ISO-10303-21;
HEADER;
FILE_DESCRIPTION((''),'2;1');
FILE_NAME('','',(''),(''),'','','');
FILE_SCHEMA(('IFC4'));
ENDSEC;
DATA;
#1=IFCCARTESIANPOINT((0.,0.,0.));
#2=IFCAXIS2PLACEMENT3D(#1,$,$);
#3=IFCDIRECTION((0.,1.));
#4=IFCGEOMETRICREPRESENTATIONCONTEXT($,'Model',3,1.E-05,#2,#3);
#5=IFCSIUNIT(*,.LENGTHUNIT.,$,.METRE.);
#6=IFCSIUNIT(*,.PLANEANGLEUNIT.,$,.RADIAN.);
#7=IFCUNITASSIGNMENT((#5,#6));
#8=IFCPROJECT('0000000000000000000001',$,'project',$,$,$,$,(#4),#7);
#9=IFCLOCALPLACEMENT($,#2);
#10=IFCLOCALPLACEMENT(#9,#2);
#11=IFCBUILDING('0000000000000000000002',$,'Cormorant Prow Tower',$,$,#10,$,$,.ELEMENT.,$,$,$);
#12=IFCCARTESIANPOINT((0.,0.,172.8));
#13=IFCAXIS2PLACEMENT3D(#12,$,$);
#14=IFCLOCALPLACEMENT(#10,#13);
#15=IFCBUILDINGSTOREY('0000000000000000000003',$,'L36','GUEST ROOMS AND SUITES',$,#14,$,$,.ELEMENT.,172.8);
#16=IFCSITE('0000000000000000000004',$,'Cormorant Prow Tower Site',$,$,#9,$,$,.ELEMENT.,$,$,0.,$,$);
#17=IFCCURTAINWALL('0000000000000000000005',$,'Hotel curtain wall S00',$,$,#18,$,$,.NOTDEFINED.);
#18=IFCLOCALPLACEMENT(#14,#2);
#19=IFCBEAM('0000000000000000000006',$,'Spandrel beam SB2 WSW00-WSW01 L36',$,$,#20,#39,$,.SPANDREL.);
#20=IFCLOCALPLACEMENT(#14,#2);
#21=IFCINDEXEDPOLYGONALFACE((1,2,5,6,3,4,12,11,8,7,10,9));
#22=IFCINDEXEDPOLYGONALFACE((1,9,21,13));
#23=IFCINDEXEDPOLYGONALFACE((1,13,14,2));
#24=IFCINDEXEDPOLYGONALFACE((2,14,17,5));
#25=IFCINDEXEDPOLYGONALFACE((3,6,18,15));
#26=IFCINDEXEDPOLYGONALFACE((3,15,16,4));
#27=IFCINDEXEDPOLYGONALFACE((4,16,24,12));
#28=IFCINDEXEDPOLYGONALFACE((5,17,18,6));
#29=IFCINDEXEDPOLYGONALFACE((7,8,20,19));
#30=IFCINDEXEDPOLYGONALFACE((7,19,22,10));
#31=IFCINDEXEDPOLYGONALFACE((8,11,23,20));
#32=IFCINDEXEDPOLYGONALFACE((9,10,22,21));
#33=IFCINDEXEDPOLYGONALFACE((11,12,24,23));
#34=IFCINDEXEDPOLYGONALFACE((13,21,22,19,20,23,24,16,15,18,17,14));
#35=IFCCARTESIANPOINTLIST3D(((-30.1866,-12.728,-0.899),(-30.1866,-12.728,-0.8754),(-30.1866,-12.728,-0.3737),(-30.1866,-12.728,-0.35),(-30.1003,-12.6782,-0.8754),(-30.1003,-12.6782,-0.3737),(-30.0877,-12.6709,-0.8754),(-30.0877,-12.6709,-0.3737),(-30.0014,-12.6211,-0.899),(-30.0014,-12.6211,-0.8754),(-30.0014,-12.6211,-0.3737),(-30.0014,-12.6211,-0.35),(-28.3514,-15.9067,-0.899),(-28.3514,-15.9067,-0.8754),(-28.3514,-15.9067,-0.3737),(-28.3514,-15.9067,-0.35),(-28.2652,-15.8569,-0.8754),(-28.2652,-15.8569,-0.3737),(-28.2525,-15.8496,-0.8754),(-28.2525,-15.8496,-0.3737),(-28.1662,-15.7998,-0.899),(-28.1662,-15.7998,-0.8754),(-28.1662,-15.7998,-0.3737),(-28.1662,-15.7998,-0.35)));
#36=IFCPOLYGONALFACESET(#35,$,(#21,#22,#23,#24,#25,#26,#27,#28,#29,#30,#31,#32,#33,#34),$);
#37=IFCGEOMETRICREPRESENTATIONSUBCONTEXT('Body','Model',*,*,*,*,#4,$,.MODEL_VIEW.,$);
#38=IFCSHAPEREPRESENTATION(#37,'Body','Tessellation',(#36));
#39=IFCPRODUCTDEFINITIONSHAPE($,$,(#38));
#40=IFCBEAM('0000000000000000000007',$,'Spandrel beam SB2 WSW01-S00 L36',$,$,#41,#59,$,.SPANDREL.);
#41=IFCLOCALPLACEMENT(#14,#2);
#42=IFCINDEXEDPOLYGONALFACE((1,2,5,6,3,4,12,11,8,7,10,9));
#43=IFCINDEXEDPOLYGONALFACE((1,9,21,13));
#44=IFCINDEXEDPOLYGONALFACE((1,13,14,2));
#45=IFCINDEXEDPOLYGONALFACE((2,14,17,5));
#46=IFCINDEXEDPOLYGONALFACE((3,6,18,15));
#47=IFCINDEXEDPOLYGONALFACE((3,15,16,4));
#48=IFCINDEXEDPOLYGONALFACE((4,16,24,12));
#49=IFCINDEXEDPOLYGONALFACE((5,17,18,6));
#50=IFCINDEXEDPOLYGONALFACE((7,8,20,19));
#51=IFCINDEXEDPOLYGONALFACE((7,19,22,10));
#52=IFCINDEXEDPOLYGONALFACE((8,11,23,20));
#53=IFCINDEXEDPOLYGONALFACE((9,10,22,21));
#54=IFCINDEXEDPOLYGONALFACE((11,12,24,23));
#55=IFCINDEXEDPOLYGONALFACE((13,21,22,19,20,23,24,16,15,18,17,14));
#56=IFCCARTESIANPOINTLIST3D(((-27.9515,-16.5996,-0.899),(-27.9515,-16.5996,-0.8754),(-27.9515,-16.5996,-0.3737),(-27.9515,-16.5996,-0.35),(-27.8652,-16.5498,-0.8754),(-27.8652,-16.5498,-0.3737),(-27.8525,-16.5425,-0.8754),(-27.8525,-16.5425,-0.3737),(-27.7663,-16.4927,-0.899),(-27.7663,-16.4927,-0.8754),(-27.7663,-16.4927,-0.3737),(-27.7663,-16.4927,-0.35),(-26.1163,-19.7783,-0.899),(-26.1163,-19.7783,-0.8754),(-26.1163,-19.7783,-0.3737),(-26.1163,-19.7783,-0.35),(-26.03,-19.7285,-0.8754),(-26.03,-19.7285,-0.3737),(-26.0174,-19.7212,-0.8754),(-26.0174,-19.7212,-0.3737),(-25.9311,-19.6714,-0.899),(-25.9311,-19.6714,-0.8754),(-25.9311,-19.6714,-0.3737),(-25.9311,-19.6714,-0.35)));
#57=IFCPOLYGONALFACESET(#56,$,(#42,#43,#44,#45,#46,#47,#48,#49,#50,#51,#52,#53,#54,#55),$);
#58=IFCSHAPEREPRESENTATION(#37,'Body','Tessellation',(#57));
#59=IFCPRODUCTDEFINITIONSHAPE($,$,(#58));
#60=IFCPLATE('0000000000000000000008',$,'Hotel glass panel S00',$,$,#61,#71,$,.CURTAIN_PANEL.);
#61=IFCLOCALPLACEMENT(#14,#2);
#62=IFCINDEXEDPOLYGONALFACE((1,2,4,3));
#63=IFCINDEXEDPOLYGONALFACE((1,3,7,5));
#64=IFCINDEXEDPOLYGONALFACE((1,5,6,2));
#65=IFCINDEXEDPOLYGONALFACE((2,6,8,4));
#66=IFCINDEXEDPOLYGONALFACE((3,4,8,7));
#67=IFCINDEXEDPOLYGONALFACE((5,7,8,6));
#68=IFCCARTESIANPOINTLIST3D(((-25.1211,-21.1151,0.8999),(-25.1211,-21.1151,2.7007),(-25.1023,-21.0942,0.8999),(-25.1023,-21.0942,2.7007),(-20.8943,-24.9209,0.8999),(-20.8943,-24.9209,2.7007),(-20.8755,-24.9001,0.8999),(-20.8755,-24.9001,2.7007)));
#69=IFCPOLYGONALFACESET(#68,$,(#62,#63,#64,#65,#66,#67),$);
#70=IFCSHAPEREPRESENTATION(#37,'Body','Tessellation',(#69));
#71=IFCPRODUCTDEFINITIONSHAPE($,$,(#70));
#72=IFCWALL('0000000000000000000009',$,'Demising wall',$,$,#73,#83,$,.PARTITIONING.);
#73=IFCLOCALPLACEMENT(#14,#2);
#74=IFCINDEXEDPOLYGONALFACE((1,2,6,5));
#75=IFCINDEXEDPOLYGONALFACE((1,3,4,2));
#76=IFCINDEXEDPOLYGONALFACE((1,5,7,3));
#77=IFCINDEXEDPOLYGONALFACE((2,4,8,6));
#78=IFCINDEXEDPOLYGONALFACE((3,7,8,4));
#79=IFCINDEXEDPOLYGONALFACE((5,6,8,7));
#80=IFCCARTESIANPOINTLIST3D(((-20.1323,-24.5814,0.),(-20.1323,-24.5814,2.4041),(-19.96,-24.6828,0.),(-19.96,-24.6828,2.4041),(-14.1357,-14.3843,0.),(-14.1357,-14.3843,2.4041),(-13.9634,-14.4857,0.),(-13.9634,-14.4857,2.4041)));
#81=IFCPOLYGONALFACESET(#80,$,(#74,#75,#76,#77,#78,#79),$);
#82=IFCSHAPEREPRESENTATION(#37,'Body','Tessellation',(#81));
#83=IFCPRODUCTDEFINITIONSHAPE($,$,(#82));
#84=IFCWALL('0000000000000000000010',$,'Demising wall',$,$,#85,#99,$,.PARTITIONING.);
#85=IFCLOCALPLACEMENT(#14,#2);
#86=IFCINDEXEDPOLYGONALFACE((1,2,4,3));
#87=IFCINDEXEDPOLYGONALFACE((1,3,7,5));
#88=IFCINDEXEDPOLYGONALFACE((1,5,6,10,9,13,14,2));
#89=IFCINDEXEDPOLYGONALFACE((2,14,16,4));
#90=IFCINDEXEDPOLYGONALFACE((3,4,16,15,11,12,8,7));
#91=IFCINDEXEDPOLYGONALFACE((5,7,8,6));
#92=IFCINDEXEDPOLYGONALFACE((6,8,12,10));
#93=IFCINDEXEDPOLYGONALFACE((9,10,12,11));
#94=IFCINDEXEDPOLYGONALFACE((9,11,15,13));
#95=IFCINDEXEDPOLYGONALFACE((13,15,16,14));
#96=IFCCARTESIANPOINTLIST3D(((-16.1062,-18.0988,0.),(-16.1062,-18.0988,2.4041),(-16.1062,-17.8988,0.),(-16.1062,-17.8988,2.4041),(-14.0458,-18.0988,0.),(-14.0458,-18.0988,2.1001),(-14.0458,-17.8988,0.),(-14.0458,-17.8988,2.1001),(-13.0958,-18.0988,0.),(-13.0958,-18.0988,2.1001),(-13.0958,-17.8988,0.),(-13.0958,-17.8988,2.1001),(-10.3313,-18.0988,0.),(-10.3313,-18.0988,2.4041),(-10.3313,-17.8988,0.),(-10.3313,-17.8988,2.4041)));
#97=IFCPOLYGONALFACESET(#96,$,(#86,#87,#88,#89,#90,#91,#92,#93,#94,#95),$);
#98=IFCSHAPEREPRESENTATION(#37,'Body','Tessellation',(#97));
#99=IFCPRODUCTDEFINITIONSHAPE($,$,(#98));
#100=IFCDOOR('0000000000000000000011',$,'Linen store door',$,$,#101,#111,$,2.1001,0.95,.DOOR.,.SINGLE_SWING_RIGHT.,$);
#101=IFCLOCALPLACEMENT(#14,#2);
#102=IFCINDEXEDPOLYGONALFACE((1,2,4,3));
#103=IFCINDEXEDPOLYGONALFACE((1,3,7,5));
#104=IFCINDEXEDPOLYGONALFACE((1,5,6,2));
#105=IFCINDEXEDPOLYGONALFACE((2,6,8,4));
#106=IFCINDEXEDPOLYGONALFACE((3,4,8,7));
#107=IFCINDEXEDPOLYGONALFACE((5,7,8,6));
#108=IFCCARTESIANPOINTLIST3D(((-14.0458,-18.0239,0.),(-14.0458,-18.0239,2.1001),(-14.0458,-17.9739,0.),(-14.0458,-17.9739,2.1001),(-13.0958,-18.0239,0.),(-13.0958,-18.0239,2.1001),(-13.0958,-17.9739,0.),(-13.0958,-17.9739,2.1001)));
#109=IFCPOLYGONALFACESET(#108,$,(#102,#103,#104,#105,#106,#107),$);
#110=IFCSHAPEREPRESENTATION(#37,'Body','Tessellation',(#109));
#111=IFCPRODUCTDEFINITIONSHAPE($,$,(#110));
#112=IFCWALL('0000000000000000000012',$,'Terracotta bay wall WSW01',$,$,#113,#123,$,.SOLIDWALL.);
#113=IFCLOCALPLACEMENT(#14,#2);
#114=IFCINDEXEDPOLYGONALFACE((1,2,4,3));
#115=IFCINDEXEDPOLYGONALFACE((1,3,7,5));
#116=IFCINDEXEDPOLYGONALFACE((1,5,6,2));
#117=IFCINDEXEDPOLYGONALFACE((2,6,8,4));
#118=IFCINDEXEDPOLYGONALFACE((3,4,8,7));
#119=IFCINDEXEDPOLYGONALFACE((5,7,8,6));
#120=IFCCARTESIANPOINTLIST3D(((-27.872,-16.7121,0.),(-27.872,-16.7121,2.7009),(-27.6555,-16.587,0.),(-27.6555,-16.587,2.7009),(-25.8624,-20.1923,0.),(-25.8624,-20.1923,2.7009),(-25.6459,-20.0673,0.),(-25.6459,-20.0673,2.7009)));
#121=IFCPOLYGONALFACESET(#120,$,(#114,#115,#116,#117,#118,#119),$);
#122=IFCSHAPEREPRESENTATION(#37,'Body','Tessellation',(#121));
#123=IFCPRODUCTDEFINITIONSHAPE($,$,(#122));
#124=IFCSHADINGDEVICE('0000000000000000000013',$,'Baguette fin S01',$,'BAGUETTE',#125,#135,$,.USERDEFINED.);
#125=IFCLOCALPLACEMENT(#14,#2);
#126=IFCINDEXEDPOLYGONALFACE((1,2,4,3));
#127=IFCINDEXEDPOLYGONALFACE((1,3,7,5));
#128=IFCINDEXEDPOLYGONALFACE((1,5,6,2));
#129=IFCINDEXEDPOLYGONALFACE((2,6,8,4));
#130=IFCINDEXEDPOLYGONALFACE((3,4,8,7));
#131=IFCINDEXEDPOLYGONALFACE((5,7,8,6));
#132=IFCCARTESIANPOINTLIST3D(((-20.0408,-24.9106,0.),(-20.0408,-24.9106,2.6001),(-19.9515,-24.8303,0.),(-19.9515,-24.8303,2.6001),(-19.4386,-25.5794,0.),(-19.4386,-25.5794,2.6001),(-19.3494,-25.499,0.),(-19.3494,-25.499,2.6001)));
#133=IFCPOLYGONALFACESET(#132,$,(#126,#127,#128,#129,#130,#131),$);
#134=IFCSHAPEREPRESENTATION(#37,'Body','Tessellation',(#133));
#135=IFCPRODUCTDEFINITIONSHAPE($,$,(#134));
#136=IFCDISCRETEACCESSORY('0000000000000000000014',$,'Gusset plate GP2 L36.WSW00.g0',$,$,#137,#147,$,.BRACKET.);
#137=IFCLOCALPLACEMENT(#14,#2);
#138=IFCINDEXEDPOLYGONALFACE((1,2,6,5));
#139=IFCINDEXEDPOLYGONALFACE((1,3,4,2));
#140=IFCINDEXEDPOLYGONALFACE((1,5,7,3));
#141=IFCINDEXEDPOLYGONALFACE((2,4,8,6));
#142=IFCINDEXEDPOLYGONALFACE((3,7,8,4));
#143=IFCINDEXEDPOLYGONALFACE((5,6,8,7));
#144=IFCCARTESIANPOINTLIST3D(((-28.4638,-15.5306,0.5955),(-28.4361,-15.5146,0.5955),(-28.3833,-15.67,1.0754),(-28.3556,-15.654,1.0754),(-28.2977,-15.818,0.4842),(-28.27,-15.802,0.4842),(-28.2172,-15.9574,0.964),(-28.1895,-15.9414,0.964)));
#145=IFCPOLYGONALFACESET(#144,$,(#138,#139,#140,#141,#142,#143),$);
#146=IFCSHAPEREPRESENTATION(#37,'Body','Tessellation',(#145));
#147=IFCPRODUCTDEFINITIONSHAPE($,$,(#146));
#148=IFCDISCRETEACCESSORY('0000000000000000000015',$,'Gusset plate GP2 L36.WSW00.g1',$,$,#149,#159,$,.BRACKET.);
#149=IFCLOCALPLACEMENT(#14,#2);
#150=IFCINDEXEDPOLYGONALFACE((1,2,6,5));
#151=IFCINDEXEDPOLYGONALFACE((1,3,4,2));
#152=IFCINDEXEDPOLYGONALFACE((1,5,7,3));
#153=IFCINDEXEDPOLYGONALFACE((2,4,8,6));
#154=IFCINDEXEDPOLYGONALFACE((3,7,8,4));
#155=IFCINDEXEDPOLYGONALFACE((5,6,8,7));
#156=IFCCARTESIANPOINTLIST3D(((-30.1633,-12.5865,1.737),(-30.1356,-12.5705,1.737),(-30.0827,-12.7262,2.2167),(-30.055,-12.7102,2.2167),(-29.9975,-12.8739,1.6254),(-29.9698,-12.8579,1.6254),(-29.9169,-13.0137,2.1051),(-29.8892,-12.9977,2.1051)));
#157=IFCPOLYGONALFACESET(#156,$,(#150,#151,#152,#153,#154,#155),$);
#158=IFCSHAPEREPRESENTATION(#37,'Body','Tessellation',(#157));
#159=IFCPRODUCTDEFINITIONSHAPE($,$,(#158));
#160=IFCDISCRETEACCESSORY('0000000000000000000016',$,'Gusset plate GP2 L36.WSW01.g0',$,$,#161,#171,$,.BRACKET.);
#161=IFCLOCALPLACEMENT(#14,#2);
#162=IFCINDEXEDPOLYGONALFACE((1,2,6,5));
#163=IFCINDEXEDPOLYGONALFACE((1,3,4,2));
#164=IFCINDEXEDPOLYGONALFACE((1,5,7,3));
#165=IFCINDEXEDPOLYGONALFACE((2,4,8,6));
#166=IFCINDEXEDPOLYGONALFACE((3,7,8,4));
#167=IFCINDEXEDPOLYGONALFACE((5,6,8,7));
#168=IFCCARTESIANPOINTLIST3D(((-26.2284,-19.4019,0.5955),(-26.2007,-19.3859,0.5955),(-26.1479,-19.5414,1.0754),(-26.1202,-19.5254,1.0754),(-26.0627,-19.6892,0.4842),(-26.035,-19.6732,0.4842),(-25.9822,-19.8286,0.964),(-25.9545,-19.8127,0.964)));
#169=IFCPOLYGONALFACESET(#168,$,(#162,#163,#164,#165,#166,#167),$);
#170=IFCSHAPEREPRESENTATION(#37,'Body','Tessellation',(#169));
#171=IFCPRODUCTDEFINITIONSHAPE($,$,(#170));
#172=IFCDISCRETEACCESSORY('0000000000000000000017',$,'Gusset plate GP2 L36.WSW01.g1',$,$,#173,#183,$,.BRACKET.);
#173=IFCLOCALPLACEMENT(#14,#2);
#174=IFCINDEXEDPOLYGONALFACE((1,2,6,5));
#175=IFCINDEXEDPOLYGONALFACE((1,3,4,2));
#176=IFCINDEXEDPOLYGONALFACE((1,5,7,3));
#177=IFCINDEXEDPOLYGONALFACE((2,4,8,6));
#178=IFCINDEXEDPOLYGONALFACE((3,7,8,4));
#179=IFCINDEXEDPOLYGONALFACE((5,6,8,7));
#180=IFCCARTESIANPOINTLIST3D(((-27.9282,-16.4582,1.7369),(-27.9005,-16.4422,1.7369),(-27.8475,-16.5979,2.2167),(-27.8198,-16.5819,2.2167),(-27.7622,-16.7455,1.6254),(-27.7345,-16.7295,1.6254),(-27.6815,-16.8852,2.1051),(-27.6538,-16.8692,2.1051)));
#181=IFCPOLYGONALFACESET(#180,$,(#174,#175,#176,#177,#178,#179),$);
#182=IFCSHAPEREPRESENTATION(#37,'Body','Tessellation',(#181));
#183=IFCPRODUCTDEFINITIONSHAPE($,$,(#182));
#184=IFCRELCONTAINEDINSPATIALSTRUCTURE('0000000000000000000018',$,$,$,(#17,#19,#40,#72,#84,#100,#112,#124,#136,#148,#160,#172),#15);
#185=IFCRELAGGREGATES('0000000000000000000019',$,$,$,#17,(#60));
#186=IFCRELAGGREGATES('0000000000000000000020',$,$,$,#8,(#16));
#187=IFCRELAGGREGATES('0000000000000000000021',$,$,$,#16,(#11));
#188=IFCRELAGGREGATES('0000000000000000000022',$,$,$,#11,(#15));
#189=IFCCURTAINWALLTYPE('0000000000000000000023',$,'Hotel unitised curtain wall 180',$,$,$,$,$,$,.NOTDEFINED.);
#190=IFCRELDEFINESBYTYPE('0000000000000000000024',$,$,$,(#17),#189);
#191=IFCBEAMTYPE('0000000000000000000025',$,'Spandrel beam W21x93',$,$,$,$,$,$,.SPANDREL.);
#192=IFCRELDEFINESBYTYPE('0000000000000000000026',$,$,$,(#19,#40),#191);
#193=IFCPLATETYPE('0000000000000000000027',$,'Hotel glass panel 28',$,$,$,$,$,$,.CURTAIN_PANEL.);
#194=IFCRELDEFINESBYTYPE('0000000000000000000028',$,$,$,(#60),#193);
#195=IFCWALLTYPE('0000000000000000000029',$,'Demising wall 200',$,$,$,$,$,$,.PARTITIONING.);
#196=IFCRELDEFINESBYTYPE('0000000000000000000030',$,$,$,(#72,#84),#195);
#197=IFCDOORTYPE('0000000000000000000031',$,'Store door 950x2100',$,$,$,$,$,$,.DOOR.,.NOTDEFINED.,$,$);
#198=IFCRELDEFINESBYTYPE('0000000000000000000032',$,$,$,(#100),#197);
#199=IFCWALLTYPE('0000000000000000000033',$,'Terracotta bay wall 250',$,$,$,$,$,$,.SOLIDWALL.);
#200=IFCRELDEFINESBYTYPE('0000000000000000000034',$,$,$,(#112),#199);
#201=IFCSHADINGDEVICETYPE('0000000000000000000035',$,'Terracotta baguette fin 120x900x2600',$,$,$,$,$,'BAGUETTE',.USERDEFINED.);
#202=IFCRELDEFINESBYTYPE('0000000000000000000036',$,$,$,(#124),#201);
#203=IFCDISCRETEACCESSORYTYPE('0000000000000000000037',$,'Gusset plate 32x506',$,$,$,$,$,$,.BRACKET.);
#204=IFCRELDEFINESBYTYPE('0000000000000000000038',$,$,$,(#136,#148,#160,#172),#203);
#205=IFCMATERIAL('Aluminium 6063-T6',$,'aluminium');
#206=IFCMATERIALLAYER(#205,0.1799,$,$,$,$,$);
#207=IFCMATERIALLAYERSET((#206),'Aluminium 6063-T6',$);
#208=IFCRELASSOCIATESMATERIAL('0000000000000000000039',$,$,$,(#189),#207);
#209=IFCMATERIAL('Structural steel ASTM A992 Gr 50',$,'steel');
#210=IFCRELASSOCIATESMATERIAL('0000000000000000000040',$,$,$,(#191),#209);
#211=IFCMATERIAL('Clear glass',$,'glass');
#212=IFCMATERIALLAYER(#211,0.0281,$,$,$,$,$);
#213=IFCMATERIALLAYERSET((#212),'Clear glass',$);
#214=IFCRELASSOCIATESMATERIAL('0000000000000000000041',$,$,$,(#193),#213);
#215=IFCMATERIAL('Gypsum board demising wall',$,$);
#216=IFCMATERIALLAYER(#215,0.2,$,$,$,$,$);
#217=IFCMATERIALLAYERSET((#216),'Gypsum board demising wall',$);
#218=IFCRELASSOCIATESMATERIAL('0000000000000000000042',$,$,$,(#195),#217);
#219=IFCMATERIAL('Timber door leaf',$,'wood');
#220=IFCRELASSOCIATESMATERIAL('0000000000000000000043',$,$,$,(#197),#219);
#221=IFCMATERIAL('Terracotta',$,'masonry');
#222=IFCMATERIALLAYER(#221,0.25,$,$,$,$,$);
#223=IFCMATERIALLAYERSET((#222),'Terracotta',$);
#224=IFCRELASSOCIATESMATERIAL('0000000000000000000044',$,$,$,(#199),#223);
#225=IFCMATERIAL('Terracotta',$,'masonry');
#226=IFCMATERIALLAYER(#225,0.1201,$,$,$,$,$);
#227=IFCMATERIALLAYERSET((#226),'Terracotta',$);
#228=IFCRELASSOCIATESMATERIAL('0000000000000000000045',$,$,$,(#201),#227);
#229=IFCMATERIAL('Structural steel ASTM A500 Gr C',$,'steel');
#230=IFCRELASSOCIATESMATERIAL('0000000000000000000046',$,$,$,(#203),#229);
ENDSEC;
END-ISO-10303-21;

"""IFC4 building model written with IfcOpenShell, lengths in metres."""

from ifc_helpers import new_model, si_unit, direction, frame, frame_2d, origin, origin_2d, place, context, subcontext, project, spatial, rectangle, i_section, extrude, material, layer, layer_set, material_profile, profile_set, type_object, element, fill, aggregate, save


model = new_model("IFC4")

# Units and contexts
model_context = context("Model", 3, precision=1e-05, world=origin(), true_north=direction((0.0, 1.0)))
body_context = subcontext(model_context, "Body", "Model", "MODEL_VIEW")
ifc_project = project(units=[si_unit("LENGTHUNIT", "METRE"), si_unit("PLANEANGLEUNIT", "RADIAN")], contexts=[model_context])

# Site, building, storey
site_placement = place(None, origin())
site = spatial("IfcSite", under=ifc_project, at=site_placement, Name="Cormorant Prow Tower Site", CompositionType="ELEMENT", RefElevation=0.0)
building_placement = place(site_placement, origin())
building = spatial("IfcBuilding", under=site, at=building_placement, Name="Cormorant Prow Tower", CompositionType="ELEMENT")
storey_placement = place(building_placement, frame((0.0, 0.0, 172.8)))
storey = spatial("IfcBuildingStorey", under=building, at=storey_placement, Name="L36", Description="GUEST ROOMS AND SUITES", CompositionType="ELEMENT", Elevation=172.8)

# Curtain wall
ifc_material_1 = material(Name="Aluminium 6063-T6", Category="aluminium")
ifc_layer_1 = layer(ifc_material_1, 0.1799)
ifc_layer_set_1 = layer_set([ifc_layer_1], Name="Aluminium 6063-T6")
curtain_wall_type = type_object("IfcCurtainWallType", Name="Hotel unitised curtain wall 180", PredefinedType="NOTDEFINED", material=ifc_layer_set_1)
curtain_wall_placement = place(storey_placement, origin())
curtain_wall = element("IfcCurtainWall", 1, at=curtain_wall_placement, inside=storey, type_object=curtain_wall_type, Name="Hotel curtain wall S00", PredefinedType="NOTDEFINED")

# Beams
ifc_material_2 = material(Name="Structural steel ASTM A992 Gr 50", Category="steel")
ifc_material_profile_1 = material_profile(ifc_material_2, i_section(OverallWidth=0.2139, OverallDepth=0.5491, WebThickness=0.0146, FlangeThickness=0.0237, at=origin_2d()), Name="W21x93")
ifc_profile_set_1 = profile_set([ifc_material_profile_1], Name="Structural steel ASTM A992 Gr 50")
beam_type = type_object("IfcBeamType", Name="Spandrel beam W21x93", PredefinedType="SPANDREL", material=ifc_profile_set_1)
for number, where, z_axis, x_axis, name in (
    (2, (-30.094, -12.6746, -0.6245), (0.499995, -0.866028, 0.0), (0.866028, 0.499995, 0.0), "Spandrel beam SB2 WSW00-WSW01 L36"),
    (3, (-27.8589, -16.5461, -0.6245), (0.499995, -0.866028, 0.0), (0.866028, 0.499995, 0.0), "Spandrel beam SB2 WSW01-S00 L36"),
):
    element("IfcBeam", number, at=place(storey_placement, frame(where, z_axis=z_axis, x_axis=x_axis)), inside=storey, type_object=beam_type, Name=name, PredefinedType="SPANDREL", context=body_context, shape_type="SweptSolid", body=[
        extrude(i_section(OverallWidth=0.2139, OverallDepth=0.5491, WebThickness=0.0146, FlangeThickness=0.0237, at=origin_2d()), origin(), (0.0, 0.0, 1.0), 3.6704),
    ])

# Plate
ifc_material_3 = material(Name="Clear glass", Category="glass")
ifc_layer_2 = layer(ifc_material_3, 0.0281)
ifc_layer_set_2 = layer_set([ifc_layer_2], Name="Clear glass")
plate_type = type_object("IfcPlateType", Name="Hotel glass panel 28", PredefinedType="CURTAIN_PANEL", material=ifc_layer_set_2)
plate_placement = place(storey_placement, frame((-22.9983, -23.0076, 0.8999), z_axis=(0.0, 0.0, 1.0), x_axis=(0.743145, -0.66913, 0.0)))
plate = element("IfcPlate", 4, at=plate_placement, type_object=plate_type, Name="Hotel glass panel S00", PredefinedType="CURTAIN_PANEL", context=body_context, shape_type="SweptSolid", body=[
    extrude(rectangle(XDim=5.6877, YDim=0.0281, at=origin_2d()), origin(), (0.0, 0.0, 1.0), 1.8008),
])
aggregate(curtain_wall, [plate])

# Wall
ifc_material_4 = material(Name="Gypsum board demising wall")
ifc_layer_3 = layer(ifc_material_4, 0.2)
ifc_layer_set_3 = layer_set([ifc_layer_3], Name="Gypsum board demising wall")
wall_type_1 = type_object("IfcWallType", Name="Demising wall 200", PredefinedType="PARTITIONING", material=ifc_layer_set_3)
wall_1_placement = place(storey_placement, frame((-20.0461, -24.6321, 0.0), z_axis=(0.0, 0.0, 1.0), x_axis=(0.506915, 0.861996, 0.0)))
element("IfcWall", 5, at=wall_1_placement, inside=storey, type_object=wall_type_1, Name="Demising wall", PredefinedType="PARTITIONING", context=body_context, shape_type="SweptSolid", body=[
    extrude(rectangle(XDim=11.8296, YDim=0.2, at=frame_2d((5.9148, 0.0))), origin(), (0.0, 0.0, 1.0), 2.4041),
])

# Wall, opening, door
wall_2_placement = place(storey_placement, frame((-16.1062, -17.9988, 0.0), z_axis=(0.0, 0.0, 1.0), x_axis=(1.0, 0.0, 0.0)))
wall_2 = element("IfcWall", 6, at=wall_2_placement, inside=storey, type_object=wall_type_1, Name="Demising wall", PredefinedType="PARTITIONING", context=body_context, shape_type="SweptSolid", body=[
    extrude(rectangle(XDim=5.7749, YDim=0.2, at=frame_2d((2.8875, 0.0))), origin(), (0.0, 0.0, 1.0), 2.4041),
])
opening_1_placement = place(wall_2_placement, frame((2.0603, 0.0, 0.0)))
opening_1 = element("IfcOpeningElement", 7, at=opening_1_placement, cuts=wall_2, PredefinedType="OPENING", context=body_context, shape_type="SweptSolid", body=[
    extrude(rectangle(XDim=0.95, YDim=2.1001, at=frame_2d((0.4751, 1.05))), frame((0.0, 0.1099, 0.0), z_axis=(0.0, -1.0, 0.0), x_axis=(1.0, 0.0, 0.0)), (0.0, 0.0, 1.0), 0.22),
])
ifc_material_5 = material(Name="Timber door leaf", Category="wood")
door_type_1 = type_object("IfcDoorType", Name="Store door 950x2100", OperationType="NOTDEFINED", PredefinedType="DOOR", material=ifc_material_5)
door_1_placement = place(opening_1_placement, origin())
door_1 = element("IfcDoor", 8, at=door_1_placement, inside=storey, type_object=door_type_1, Name="Linen store door", OperationType="SINGLE_SWING_RIGHT", OverallHeight=2.1001, OverallWidth=0.95, PredefinedType="DOOR", context=body_context, shape_type="SweptSolid", body=[
    extrude(rectangle(XDim=0.95, YDim=2.1001, at=frame_2d((0.4751, 1.05))), frame((0.0, 0.0249, 0.0), z_axis=(0.0, -1.0, 0.0), x_axis=(1.0, 0.0, 0.0)), (0.0, 0.0, 1.0), 0.05),
])
fill(opening_1, door_1)

# Wall
ifc_material_6 = material(Name="Terracotta", Category="masonry")
ifc_layer_4 = layer(ifc_material_6, 0.25)
ifc_layer_set_4 = layer_set([ifc_layer_4], Name="Terracotta")
wall_type_2 = type_object("IfcWallType", Name="Terracotta bay wall 250", PredefinedType="SOLIDWALL", material=ifc_layer_set_4)
wall_3_placement = place(storey_placement, frame((-27.7637, -16.6497, 0.0), z_axis=(0.0, 0.0, 1.0), x_axis=(0.50004, -0.866002, 0.0)))
element("IfcWall", 9, at=wall_3_placement, inside=storey, type_object=wall_type_2, Name="Terracotta bay wall WSW01", PredefinedType="SOLIDWALL", context=body_context, shape_type="SweptSolid", body=[
    extrude(rectangle(XDim=4.0188, YDim=0.25, at=frame_2d((2.0093, 0.0))), origin(), (0.0, 0.0, 1.0), 2.7009),
])

# Shading device
ifc_material_7 = material(Name="Terracotta", Category="masonry")
ifc_layer_5 = layer(ifc_material_7, 0.1201)
ifc_layer_set_5 = layer_set([ifc_layer_5], Name="Terracotta")
shading_device_type = type_object("IfcShadingDeviceType", Name="Terracotta baguette fin 120x900x2600", ElementType="BAGUETTE", PredefinedType="USERDEFINED", material=ifc_layer_set_5)
shading_device_placement = place(storey_placement, frame((-19.6951, -25.2048, 0.0), z_axis=(0.0, 0.0, 1.0), x_axis=(0.743145, 0.669131, 0.0)))
element("IfcShadingDevice", 10, at=shading_device_placement, inside=storey, type_object=shading_device_type, Name="Baguette fin S01", ObjectType="BAGUETTE", PredefinedType="USERDEFINED", context=body_context, shape_type="SweptSolid", body=[
    extrude(rectangle(XDim=0.1201, YDim=0.8999, at=origin_2d()), origin(), (0.0, 0.0, 1.0), 2.6001),
])

# Discrete accessories
ifc_material_8 = material(Name="Structural steel ASTM A500 Gr C", Category="steel")
ifc_material_profile_2 = material_profile(ifc_material_8, rectangle(XDim=0.032, YDim=0.5061, at=origin_2d()), Name="Gusset plate 32x506")
ifc_profile_set_2 = profile_set([ifc_material_profile_2], Name="Structural steel ASTM A500 Gr C")
discrete_accessory_type = type_object("IfcDiscreteAccessoryType", Name="Gusset plate 32x506", PredefinedType="BRACKET", material=ifc_profile_set_2)
for number, where, z_axis, x_axis, name in (
    (11, (-28.4097, -15.5923, 0.8354), (0.474278, -0.820919, -0.318045), (0.865879, 0.500253, 0.0), "Gusset plate GP2 L36.WSW00.g0"),
    (12, (-29.9434, -12.9358, 1.8652), (-0.473632, 0.821008, 0.318777), (-0.866198, -0.499701, 0.0), "Gusset plate GP2 L36.WSW00.g1"),
):
    element("IfcDiscreteAccessory", number, at=place(storey_placement, frame(where, z_axis=z_axis, x_axis=x_axis)), inside=storey, type_object=discrete_accessory_type, Name=name, PredefinedType="BRACKET", context=body_context, shape_type="SweptSolid", body=[
        extrude(rectangle(XDim=0.032, YDim=0.5061, at=origin_2d()), origin(), (0.0, 0.0, 1.0), 0.3501),
    ])
discrete_accessory_1_placement = place(storey_placement, frame((-26.1743, -19.4636, 0.8354), z_axis=(0.473737, -0.82119, -0.31815), x_axis=(0.866198, 0.499701, 0.0)))
element("IfcDiscreteAccessory", 13, at=discrete_accessory_1_placement, inside=storey, type_object=discrete_accessory_type, Name="Gusset plate GP2 L36.WSW01.g0", PredefinedType="BRACKET", context=body_context, shape_type="SweptSolid", body=[
    extrude(rectangle(XDim=0.032, YDim=0.5061, at=origin_2d()), origin(), (0.0, 0.0, 1.0), 0.3499),
])
discrete_accessory_2_placement = place(storey_placement, frame((-27.708, -16.8074, 1.8652), z_axis=(-0.474172, 0.820737, 0.318672), x_axis=(-0.865879, -0.500253, 0.0)))
element("IfcDiscreteAccessory", 14, at=discrete_accessory_2_placement, inside=storey, type_object=discrete_accessory_type, Name="Gusset plate GP2 L36.WSW01.g1", PredefinedType="BRACKET", context=body_context, shape_type="SweptSolid", body=[
    extrude(rectangle(XDim=0.032, YDim=0.5061, at=origin_2d()), origin(), (0.0, 0.0, 1.0), 0.3501),
])

save(model, "model.ifc")
